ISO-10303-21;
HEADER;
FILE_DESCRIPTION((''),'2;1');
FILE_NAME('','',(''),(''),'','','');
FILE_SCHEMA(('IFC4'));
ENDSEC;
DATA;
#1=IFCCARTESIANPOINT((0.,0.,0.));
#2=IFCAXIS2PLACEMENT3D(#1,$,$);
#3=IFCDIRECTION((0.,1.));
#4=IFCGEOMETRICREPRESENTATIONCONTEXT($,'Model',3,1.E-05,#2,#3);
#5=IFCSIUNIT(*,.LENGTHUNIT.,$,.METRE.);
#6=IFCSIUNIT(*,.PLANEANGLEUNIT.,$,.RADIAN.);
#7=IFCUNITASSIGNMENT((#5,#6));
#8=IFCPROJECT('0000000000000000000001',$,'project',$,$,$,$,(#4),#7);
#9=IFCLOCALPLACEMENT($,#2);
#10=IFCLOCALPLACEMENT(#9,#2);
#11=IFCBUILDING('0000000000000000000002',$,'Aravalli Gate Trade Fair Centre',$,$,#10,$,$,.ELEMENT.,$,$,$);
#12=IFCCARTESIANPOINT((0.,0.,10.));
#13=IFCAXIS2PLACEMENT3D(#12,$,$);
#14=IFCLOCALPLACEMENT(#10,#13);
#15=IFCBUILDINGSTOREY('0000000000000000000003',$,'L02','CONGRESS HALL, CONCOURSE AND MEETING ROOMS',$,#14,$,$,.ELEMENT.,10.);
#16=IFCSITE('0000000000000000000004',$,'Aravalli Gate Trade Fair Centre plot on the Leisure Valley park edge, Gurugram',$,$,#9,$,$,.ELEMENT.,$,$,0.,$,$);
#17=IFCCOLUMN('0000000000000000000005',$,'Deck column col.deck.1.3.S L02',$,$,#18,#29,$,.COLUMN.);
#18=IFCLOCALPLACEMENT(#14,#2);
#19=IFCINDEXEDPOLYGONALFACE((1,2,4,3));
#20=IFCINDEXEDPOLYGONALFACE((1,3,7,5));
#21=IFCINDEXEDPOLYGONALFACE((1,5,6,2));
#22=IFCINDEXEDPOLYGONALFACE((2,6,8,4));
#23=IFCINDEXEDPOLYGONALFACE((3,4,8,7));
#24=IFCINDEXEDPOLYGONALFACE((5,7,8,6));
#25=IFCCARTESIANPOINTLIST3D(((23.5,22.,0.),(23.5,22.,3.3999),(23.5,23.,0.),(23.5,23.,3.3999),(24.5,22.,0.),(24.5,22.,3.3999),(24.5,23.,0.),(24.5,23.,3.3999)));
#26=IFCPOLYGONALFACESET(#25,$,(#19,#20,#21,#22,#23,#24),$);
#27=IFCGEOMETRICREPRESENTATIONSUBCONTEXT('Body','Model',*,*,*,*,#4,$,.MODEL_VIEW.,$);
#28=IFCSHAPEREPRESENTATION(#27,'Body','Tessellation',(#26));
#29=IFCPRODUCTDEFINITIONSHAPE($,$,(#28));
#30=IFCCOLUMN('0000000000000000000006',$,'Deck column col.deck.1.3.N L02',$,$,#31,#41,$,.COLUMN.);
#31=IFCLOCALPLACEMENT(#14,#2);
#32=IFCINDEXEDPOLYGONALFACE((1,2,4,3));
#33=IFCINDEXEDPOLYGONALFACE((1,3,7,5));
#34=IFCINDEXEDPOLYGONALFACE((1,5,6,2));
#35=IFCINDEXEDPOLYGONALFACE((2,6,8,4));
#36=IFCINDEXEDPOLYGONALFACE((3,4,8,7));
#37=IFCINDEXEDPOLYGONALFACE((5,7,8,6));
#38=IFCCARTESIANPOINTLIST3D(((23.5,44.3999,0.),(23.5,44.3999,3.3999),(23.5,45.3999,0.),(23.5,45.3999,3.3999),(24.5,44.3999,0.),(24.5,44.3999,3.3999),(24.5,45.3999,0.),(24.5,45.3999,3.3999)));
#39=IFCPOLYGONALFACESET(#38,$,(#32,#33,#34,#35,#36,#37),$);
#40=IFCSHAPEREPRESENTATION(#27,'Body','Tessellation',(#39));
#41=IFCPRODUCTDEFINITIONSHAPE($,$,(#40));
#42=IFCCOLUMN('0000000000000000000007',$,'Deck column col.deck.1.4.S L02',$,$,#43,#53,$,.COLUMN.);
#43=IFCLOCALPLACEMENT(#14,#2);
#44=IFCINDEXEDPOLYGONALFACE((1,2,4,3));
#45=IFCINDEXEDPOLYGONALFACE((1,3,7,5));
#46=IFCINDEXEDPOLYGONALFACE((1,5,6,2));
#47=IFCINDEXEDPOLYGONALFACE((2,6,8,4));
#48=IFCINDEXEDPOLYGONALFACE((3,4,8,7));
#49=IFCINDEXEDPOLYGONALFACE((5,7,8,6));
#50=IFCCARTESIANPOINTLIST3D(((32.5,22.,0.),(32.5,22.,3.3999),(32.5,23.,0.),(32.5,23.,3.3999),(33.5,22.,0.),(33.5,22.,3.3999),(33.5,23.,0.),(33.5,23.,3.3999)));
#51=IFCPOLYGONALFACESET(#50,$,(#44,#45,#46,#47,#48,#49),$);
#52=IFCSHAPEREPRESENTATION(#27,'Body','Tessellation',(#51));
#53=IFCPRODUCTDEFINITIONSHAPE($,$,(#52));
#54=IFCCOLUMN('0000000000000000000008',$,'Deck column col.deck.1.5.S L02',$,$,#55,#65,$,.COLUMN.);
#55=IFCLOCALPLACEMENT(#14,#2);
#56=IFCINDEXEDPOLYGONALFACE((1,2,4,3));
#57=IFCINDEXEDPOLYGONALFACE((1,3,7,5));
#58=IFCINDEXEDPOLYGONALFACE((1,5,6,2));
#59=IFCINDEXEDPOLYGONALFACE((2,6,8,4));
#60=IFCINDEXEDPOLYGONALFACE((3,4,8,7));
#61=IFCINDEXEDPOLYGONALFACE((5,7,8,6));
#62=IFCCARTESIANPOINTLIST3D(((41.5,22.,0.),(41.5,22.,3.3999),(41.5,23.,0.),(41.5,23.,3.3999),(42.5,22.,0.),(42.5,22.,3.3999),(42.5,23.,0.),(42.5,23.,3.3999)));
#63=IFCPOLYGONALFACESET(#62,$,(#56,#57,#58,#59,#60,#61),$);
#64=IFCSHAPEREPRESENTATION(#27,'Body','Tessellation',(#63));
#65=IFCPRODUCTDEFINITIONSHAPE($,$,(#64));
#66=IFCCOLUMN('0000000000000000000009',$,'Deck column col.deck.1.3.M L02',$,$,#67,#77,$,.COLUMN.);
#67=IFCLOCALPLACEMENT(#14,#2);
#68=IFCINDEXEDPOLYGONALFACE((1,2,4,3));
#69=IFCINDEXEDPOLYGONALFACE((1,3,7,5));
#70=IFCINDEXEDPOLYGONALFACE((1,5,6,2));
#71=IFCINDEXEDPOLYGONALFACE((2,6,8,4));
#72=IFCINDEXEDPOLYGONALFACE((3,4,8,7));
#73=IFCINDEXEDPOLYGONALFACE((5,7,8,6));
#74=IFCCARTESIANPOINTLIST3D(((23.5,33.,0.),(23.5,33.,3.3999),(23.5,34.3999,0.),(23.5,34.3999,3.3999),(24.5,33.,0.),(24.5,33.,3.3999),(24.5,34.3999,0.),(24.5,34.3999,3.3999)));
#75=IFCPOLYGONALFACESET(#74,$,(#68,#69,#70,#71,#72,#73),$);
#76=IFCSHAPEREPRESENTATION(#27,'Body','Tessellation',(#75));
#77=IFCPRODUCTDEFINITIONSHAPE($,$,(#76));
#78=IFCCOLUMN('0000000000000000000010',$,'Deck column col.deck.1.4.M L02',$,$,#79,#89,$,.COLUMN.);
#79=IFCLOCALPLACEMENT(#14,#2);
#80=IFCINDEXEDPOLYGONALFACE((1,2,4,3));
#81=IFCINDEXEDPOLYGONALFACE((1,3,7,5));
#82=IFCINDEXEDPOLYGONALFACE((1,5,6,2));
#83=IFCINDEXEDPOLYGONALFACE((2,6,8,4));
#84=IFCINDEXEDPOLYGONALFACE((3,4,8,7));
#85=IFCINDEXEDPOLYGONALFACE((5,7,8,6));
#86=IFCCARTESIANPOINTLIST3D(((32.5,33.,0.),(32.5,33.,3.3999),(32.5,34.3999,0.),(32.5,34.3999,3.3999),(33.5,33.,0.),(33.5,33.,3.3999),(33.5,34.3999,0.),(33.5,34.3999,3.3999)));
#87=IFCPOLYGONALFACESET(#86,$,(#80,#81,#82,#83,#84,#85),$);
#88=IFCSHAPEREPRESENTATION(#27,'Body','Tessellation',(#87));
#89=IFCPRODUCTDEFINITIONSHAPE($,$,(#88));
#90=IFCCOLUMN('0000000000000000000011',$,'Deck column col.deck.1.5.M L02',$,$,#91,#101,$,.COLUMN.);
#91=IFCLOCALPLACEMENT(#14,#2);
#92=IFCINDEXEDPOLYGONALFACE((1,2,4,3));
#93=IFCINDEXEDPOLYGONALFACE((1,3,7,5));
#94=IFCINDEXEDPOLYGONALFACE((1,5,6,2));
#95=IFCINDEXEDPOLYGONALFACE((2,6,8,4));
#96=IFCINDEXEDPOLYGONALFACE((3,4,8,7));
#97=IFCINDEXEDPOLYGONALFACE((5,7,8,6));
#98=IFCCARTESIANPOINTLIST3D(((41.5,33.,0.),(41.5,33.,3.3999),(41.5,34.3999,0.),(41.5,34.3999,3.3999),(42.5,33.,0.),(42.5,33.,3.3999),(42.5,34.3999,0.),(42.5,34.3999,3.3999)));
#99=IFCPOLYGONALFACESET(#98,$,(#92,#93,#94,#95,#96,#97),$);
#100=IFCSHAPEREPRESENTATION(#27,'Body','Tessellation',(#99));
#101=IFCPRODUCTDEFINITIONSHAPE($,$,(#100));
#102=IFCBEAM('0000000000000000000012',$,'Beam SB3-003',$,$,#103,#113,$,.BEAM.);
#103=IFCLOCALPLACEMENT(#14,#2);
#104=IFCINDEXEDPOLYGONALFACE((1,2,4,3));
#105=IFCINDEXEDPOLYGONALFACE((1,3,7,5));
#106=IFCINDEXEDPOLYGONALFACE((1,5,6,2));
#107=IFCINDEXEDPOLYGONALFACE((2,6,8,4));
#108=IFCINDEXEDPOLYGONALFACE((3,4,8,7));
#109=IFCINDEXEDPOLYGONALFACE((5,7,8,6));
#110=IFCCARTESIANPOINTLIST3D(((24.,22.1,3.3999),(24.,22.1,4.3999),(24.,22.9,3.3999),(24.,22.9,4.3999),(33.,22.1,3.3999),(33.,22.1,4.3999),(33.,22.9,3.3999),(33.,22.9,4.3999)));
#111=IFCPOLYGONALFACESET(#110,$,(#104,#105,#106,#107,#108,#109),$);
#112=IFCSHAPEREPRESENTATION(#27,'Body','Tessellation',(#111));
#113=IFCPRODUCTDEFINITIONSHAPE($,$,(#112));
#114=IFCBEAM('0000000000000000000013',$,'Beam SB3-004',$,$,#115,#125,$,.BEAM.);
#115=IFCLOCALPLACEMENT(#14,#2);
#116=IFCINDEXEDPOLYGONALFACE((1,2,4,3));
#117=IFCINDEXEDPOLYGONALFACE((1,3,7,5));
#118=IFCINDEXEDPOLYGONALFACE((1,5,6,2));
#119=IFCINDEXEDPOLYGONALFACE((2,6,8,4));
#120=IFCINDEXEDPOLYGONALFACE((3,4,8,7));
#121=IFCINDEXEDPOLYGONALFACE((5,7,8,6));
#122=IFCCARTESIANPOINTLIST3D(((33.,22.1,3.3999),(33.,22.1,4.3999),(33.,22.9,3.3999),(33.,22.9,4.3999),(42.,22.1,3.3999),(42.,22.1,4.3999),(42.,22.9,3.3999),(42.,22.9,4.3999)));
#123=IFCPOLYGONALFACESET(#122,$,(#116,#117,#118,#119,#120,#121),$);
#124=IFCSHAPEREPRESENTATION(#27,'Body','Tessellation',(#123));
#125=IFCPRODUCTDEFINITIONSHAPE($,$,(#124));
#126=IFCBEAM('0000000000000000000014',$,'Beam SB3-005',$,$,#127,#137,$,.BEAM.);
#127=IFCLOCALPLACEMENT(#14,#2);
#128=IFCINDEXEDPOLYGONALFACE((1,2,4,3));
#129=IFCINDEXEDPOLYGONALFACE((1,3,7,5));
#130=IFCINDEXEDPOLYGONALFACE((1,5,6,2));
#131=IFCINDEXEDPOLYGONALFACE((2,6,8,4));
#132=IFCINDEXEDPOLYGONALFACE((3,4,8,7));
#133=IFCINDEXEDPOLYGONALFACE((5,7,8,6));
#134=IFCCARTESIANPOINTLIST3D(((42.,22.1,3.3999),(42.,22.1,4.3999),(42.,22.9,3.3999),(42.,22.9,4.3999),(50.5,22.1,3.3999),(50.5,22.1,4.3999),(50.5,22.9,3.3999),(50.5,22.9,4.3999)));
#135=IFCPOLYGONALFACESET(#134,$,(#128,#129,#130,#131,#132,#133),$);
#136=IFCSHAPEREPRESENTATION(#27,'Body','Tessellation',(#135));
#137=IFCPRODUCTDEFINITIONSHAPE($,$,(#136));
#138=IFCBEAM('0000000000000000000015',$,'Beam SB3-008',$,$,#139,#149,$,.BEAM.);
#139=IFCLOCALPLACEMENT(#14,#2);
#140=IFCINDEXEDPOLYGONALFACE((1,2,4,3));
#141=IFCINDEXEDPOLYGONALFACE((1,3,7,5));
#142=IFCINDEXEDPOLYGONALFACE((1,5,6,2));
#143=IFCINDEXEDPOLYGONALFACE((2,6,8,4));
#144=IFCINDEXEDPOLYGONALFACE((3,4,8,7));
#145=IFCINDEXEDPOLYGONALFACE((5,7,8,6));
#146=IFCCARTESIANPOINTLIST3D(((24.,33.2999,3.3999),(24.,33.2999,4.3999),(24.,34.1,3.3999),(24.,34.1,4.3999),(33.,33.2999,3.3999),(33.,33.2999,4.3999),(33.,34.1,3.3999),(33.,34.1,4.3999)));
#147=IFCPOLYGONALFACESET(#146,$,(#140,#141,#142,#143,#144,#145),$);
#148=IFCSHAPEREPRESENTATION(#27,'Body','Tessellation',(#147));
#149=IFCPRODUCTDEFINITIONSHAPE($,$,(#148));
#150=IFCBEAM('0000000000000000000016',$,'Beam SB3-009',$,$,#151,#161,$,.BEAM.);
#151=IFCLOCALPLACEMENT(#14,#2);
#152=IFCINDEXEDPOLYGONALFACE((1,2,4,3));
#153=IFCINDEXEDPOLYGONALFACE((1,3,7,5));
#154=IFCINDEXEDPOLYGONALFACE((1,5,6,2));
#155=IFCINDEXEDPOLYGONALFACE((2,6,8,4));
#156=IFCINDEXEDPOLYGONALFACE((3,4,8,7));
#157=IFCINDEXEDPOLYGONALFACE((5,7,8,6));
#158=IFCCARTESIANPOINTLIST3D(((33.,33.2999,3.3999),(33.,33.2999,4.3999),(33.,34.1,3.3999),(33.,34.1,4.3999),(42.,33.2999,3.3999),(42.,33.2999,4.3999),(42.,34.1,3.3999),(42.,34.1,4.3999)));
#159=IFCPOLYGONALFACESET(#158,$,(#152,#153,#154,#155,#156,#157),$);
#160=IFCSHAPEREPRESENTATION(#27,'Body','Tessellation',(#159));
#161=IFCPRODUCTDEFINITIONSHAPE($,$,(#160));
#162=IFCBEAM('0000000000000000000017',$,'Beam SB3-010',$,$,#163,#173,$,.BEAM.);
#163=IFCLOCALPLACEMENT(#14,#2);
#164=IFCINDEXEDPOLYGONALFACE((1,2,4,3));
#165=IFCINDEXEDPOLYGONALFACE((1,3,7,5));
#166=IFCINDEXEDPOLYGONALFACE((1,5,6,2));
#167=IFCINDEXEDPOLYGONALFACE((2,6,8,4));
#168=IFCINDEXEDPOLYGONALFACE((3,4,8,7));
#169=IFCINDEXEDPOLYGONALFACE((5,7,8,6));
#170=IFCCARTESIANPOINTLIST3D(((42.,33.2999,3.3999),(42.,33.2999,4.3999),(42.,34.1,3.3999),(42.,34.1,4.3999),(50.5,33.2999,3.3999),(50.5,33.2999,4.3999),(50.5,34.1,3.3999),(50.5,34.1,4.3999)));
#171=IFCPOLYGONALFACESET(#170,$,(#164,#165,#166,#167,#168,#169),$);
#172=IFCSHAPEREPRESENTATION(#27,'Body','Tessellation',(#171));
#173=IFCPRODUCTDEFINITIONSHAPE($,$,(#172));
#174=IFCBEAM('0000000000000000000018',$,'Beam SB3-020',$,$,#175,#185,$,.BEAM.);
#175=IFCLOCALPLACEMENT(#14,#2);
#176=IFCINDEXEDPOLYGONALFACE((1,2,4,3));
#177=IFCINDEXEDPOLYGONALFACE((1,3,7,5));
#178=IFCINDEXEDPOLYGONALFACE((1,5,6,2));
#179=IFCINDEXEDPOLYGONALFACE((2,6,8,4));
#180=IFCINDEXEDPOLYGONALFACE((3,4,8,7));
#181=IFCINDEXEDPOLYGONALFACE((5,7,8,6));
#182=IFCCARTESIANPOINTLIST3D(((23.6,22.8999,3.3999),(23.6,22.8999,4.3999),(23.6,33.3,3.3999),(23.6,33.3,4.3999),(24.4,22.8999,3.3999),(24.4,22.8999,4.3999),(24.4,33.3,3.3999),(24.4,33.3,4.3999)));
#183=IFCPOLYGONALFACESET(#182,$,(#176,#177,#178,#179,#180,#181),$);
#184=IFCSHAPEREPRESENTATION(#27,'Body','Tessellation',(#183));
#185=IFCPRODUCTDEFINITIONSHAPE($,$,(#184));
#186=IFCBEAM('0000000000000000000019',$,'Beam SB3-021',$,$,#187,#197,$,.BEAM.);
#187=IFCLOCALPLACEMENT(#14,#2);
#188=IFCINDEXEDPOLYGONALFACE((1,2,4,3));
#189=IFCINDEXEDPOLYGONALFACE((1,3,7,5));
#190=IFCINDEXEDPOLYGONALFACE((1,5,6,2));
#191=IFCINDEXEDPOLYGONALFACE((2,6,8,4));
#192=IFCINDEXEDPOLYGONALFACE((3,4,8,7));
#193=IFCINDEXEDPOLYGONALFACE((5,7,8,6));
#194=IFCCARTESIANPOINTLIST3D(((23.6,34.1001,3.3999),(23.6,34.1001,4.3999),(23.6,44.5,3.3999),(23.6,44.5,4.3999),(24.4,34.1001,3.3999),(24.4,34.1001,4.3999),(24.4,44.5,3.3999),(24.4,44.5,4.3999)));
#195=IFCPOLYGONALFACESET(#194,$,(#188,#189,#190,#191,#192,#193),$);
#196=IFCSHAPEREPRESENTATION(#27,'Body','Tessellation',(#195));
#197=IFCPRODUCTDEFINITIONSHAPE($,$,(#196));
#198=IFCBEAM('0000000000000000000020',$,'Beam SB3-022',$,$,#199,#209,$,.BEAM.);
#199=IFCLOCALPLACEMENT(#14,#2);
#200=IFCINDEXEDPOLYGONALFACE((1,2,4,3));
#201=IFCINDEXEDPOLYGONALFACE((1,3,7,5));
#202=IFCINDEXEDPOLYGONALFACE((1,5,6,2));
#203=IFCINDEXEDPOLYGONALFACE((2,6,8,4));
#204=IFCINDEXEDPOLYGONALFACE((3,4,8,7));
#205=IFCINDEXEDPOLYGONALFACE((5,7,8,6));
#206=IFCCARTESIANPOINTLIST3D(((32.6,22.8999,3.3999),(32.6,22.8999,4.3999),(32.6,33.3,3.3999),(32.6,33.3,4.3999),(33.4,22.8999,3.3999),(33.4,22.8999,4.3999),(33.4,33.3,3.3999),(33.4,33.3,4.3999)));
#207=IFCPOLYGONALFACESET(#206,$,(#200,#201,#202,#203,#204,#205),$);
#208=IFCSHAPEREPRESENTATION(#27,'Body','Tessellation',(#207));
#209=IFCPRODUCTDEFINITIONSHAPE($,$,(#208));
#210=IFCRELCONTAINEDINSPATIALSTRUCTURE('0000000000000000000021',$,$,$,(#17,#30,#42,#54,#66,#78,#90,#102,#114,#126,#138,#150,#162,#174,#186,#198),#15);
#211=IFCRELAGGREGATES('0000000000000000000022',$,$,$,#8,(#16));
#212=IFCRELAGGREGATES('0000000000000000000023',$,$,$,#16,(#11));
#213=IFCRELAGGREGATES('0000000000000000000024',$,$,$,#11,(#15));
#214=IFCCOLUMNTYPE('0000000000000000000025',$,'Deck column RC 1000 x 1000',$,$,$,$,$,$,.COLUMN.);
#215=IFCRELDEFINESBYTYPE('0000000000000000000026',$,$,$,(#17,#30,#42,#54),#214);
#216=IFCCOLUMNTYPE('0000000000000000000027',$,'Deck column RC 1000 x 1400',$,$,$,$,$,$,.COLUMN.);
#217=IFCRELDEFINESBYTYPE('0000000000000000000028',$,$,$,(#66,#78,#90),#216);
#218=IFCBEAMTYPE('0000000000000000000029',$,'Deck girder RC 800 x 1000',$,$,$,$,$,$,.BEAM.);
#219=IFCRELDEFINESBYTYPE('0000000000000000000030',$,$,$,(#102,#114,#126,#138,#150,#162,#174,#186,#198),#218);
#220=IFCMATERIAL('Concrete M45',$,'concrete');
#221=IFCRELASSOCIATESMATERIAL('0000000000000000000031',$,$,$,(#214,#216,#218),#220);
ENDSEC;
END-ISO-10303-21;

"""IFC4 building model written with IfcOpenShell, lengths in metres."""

from ifc_helpers import new_model, si_unit, direction, frame, origin, origin_2d, place, context, subcontext, project, spatial, rectangle, extrude, material, material_profile, profile_set, type_object, element, save


model = new_model("IFC4")

# Units and contexts
model_context = context("Model", 3, precision=1e-05, world=origin(), true_north=direction((0.0, 1.0)))
body_context = subcontext(model_context, "Body", "Model", "MODEL_VIEW")
ifc_project = project(units=[si_unit("LENGTHUNIT", "METRE"), si_unit("PLANEANGLEUNIT", "RADIAN")], contexts=[model_context])

# Site, building, storey
site_placement = place(None, origin())
site = spatial("IfcSite", under=ifc_project, at=site_placement, Name="Aravalli Gate Trade Fair Centre plot on the Leisure Valley park edge, Gurugram", CompositionType="ELEMENT", RefElevation=0.0)
building_placement = place(site_placement, origin())
building = spatial("IfcBuilding", under=site, at=building_placement, Name="Aravalli Gate Trade Fair Centre", CompositionType="ELEMENT")
storey_placement = place(building_placement, frame((0.0, 0.0, 10.0)))
storey = spatial("IfcBuildingStorey", under=building, at=storey_placement, Name="L02", Description="CONGRESS HALL, CONCOURSE AND MEETING ROOMS", CompositionType="ELEMENT", Elevation=10.0)

# Columns
ifc_material = material(Name="Concrete M45", Category="concrete")
ifc_material_profile_1 = material_profile(ifc_material, rectangle(XDim=1.0, YDim=1.0, at=origin_2d()), Name="Deck column RC 1000 x 1000")
ifc_profile_set_1 = profile_set([ifc_material_profile_1], Name="Concrete M45")
column_type_1 = type_object("IfcColumnType", Name="Deck column RC 1000 x 1000", PredefinedType="COLUMN", material=ifc_profile_set_1)
for number, where, z_axis, x_axis, name in (
    (1, (24.0, 22.5, 0.0), (0.0, 0.0, 1.0), (1.0, 0.0, 0.0), "Deck column col.deck.1.3.S L02"),
    (2, (24.0, 44.8999, 0.0), (0.0, 0.0, 1.0), (1.0, 0.0, 0.0), "Deck column col.deck.1.3.N L02"),
    (3, (33.0, 22.5, 0.0), (0.0, 0.0, 1.0), (1.0, 0.0, 0.0), "Deck column col.deck.1.4.S L02"),
    (4, (42.0, 22.5, 0.0), (0.0, 0.0, 1.0), (1.0, 0.0, 0.0), "Deck column col.deck.1.5.S L02"),
):
    element("IfcColumn", number, at=place(storey_placement, frame(where, z_axis=z_axis, x_axis=x_axis)), inside=storey, type_object=column_type_1, Name=name, PredefinedType="COLUMN", context=body_context, shape_type="SweptSolid", body=[
        extrude(rectangle(XDim=1.0, YDim=1.0, at=origin_2d()), origin(), (0.0, 0.0, 1.0), 3.3999),
    ])
ifc_material_profile_2 = material_profile(ifc_material, rectangle(XDim=1.0, YDim=1.3999, at=origin_2d()), Name="Deck column RC 1000 x 1400")
ifc_profile_set_2 = profile_set([ifc_material_profile_2], Name="Concrete M45")
column_type_2 = type_object("IfcColumnType", Name="Deck column RC 1000 x 1400", PredefinedType="COLUMN", material=ifc_profile_set_2)
for number, where, z_axis, x_axis, name in (
    (5, (24.0, 33.7, 0.0), (0.0, 0.0, 1.0), (1.0, 0.0, 0.0), "Deck column col.deck.1.3.M L02"),
    (6, (33.0, 33.7, 0.0), (0.0, 0.0, 1.0), (1.0, 0.0, 0.0), "Deck column col.deck.1.4.M L02"),
    (7, (42.0, 33.7, 0.0), (0.0, 0.0, 1.0), (1.0, 0.0, 0.0), "Deck column col.deck.1.5.M L02"),
):
    element("IfcColumn", number, at=place(storey_placement, frame(where, z_axis=z_axis, x_axis=x_axis)), inside=storey, type_object=column_type_2, Name=name, PredefinedType="COLUMN", context=body_context, shape_type="SweptSolid", body=[
        extrude(rectangle(XDim=1.0, YDim=1.3999, at=origin_2d()), origin(), (0.0, 0.0, 1.0), 3.3999),
    ])

# Beams
ifc_material_profile_3 = material_profile(ifc_material, rectangle(XDim=0.8, YDim=1.0, at=origin_2d()), Name="Deck girder RC 800 x 1000")
ifc_profile_set_3 = profile_set([ifc_material_profile_3], Name="Concrete M45")
beam_type_1 = type_object("IfcBeamType", Name="Deck girder RC 800 x 1000", PredefinedType="BEAM", material=ifc_profile_set_3)
for number, where, z_axis, x_axis, name in (
    (8, (24.0, 22.5, 3.8999), (1.0, 0.0, 0.0), (0.0, 1.0, 0.0), "Beam SB3-003"),
    (9, (33.0, 22.5, 3.8999), (1.0, 0.0, 0.0), (0.0, 1.0, 0.0), "Beam SB3-004"),
):
    element("IfcBeam", number, at=place(storey_placement, frame(where, z_axis=z_axis, x_axis=x_axis)), inside=storey, type_object=beam_type_1, Name=name, PredefinedType="BEAM", context=body_context, shape_type="SweptSolid", body=[
        extrude(rectangle(XDim=0.8, YDim=1.0, at=origin_2d()), origin(), (0.0, 0.0, 1.0), 9.0),
    ])
beam_1_placement = place(storey_placement, frame((42.0, 22.5, 3.8999), z_axis=(1.0, 0.0, 0.0), x_axis=(0.0, 1.0, 0.0)))
element("IfcBeam", 10, at=beam_1_placement, inside=storey, type_object=beam_type_1, Name="Beam SB3-005", PredefinedType="BEAM", context=body_context, shape_type="SweptSolid", body=[
    extrude(rectangle(XDim=0.8, YDim=1.0, at=origin_2d()), origin(), (0.0, 0.0, 1.0), 8.5),
])
for number, where, z_axis, x_axis, name in (
    (11, (24.0, 33.7, 3.8999), (1.0, 0.0, 0.0), (0.0, 1.0, 0.0), "Beam SB3-008"),
    (12, (33.0, 33.7, 3.8999), (1.0, 0.0, 0.0), (0.0, 1.0, 0.0), "Beam SB3-009"),
):
    element("IfcBeam", number, at=place(storey_placement, frame(where, z_axis=z_axis, x_axis=x_axis)), inside=storey, type_object=beam_type_1, Name=name, PredefinedType="BEAM", context=body_context, shape_type="SweptSolid", body=[
        extrude(rectangle(XDim=0.8, YDim=1.0, at=origin_2d()), origin(), (0.0, 0.0, 1.0), 9.0),
    ])
beam_2_placement = place(storey_placement, frame((42.0, 33.7, 3.8999), z_axis=(1.0, 0.0, 0.0), x_axis=(0.0, 1.0, 0.0)))
element("IfcBeam", 13, at=beam_2_placement, inside=storey, type_object=beam_type_1, Name="Beam SB3-010", PredefinedType="BEAM", context=body_context, shape_type="SweptSolid", body=[
    extrude(rectangle(XDim=0.8, YDim=1.0, at=origin_2d()), origin(), (0.0, 0.0, 1.0), 8.5),
])
beam_3_placement = place(storey_placement, frame((24.0, 22.8999, 3.8999), z_axis=(0.0, 1.0, 0.0), x_axis=(-1.0, 0.0, 0.0)))
element("IfcBeam", 14, at=beam_3_placement, inside=storey, type_object=beam_type_1, Name="Beam SB3-020", PredefinedType="BEAM", context=body_context, shape_type="SweptSolid", body=[
    extrude(rectangle(XDim=0.8, YDim=1.0, at=origin_2d()), origin(), (0.0, 0.0, 1.0), 10.4001),
])
beam_4_placement = place(storey_placement, frame((24.0, 34.1001, 3.8999), z_axis=(0.0, 1.0, 0.0), x_axis=(-1.0, 0.0, 0.0)))
element("IfcBeam", 15, at=beam_4_placement, inside=storey, type_object=beam_type_1, Name="Beam SB3-021", PredefinedType="BEAM", context=body_context, shape_type="SweptSolid", body=[
    extrude(rectangle(XDim=0.8, YDim=1.0, at=origin_2d()), origin(), (0.0, 0.0, 1.0), 10.3999),
])
beam_5_placement = place(storey_placement, frame((33.0, 22.8999, 3.8999), z_axis=(0.0, 1.0, 0.0), x_axis=(-1.0, 0.0, 0.0)))
element("IfcBeam", 16, at=beam_5_placement, inside=storey, type_object=beam_type_1, Name="Beam SB3-022", PredefinedType="BEAM", context=body_context, shape_type="SweptSolid", body=[
    extrude(rectangle(XDim=0.8, YDim=1.0, at=origin_2d()), origin(), (0.0, 0.0, 1.0), 10.4001),
])

save(model, "model.ifc")
